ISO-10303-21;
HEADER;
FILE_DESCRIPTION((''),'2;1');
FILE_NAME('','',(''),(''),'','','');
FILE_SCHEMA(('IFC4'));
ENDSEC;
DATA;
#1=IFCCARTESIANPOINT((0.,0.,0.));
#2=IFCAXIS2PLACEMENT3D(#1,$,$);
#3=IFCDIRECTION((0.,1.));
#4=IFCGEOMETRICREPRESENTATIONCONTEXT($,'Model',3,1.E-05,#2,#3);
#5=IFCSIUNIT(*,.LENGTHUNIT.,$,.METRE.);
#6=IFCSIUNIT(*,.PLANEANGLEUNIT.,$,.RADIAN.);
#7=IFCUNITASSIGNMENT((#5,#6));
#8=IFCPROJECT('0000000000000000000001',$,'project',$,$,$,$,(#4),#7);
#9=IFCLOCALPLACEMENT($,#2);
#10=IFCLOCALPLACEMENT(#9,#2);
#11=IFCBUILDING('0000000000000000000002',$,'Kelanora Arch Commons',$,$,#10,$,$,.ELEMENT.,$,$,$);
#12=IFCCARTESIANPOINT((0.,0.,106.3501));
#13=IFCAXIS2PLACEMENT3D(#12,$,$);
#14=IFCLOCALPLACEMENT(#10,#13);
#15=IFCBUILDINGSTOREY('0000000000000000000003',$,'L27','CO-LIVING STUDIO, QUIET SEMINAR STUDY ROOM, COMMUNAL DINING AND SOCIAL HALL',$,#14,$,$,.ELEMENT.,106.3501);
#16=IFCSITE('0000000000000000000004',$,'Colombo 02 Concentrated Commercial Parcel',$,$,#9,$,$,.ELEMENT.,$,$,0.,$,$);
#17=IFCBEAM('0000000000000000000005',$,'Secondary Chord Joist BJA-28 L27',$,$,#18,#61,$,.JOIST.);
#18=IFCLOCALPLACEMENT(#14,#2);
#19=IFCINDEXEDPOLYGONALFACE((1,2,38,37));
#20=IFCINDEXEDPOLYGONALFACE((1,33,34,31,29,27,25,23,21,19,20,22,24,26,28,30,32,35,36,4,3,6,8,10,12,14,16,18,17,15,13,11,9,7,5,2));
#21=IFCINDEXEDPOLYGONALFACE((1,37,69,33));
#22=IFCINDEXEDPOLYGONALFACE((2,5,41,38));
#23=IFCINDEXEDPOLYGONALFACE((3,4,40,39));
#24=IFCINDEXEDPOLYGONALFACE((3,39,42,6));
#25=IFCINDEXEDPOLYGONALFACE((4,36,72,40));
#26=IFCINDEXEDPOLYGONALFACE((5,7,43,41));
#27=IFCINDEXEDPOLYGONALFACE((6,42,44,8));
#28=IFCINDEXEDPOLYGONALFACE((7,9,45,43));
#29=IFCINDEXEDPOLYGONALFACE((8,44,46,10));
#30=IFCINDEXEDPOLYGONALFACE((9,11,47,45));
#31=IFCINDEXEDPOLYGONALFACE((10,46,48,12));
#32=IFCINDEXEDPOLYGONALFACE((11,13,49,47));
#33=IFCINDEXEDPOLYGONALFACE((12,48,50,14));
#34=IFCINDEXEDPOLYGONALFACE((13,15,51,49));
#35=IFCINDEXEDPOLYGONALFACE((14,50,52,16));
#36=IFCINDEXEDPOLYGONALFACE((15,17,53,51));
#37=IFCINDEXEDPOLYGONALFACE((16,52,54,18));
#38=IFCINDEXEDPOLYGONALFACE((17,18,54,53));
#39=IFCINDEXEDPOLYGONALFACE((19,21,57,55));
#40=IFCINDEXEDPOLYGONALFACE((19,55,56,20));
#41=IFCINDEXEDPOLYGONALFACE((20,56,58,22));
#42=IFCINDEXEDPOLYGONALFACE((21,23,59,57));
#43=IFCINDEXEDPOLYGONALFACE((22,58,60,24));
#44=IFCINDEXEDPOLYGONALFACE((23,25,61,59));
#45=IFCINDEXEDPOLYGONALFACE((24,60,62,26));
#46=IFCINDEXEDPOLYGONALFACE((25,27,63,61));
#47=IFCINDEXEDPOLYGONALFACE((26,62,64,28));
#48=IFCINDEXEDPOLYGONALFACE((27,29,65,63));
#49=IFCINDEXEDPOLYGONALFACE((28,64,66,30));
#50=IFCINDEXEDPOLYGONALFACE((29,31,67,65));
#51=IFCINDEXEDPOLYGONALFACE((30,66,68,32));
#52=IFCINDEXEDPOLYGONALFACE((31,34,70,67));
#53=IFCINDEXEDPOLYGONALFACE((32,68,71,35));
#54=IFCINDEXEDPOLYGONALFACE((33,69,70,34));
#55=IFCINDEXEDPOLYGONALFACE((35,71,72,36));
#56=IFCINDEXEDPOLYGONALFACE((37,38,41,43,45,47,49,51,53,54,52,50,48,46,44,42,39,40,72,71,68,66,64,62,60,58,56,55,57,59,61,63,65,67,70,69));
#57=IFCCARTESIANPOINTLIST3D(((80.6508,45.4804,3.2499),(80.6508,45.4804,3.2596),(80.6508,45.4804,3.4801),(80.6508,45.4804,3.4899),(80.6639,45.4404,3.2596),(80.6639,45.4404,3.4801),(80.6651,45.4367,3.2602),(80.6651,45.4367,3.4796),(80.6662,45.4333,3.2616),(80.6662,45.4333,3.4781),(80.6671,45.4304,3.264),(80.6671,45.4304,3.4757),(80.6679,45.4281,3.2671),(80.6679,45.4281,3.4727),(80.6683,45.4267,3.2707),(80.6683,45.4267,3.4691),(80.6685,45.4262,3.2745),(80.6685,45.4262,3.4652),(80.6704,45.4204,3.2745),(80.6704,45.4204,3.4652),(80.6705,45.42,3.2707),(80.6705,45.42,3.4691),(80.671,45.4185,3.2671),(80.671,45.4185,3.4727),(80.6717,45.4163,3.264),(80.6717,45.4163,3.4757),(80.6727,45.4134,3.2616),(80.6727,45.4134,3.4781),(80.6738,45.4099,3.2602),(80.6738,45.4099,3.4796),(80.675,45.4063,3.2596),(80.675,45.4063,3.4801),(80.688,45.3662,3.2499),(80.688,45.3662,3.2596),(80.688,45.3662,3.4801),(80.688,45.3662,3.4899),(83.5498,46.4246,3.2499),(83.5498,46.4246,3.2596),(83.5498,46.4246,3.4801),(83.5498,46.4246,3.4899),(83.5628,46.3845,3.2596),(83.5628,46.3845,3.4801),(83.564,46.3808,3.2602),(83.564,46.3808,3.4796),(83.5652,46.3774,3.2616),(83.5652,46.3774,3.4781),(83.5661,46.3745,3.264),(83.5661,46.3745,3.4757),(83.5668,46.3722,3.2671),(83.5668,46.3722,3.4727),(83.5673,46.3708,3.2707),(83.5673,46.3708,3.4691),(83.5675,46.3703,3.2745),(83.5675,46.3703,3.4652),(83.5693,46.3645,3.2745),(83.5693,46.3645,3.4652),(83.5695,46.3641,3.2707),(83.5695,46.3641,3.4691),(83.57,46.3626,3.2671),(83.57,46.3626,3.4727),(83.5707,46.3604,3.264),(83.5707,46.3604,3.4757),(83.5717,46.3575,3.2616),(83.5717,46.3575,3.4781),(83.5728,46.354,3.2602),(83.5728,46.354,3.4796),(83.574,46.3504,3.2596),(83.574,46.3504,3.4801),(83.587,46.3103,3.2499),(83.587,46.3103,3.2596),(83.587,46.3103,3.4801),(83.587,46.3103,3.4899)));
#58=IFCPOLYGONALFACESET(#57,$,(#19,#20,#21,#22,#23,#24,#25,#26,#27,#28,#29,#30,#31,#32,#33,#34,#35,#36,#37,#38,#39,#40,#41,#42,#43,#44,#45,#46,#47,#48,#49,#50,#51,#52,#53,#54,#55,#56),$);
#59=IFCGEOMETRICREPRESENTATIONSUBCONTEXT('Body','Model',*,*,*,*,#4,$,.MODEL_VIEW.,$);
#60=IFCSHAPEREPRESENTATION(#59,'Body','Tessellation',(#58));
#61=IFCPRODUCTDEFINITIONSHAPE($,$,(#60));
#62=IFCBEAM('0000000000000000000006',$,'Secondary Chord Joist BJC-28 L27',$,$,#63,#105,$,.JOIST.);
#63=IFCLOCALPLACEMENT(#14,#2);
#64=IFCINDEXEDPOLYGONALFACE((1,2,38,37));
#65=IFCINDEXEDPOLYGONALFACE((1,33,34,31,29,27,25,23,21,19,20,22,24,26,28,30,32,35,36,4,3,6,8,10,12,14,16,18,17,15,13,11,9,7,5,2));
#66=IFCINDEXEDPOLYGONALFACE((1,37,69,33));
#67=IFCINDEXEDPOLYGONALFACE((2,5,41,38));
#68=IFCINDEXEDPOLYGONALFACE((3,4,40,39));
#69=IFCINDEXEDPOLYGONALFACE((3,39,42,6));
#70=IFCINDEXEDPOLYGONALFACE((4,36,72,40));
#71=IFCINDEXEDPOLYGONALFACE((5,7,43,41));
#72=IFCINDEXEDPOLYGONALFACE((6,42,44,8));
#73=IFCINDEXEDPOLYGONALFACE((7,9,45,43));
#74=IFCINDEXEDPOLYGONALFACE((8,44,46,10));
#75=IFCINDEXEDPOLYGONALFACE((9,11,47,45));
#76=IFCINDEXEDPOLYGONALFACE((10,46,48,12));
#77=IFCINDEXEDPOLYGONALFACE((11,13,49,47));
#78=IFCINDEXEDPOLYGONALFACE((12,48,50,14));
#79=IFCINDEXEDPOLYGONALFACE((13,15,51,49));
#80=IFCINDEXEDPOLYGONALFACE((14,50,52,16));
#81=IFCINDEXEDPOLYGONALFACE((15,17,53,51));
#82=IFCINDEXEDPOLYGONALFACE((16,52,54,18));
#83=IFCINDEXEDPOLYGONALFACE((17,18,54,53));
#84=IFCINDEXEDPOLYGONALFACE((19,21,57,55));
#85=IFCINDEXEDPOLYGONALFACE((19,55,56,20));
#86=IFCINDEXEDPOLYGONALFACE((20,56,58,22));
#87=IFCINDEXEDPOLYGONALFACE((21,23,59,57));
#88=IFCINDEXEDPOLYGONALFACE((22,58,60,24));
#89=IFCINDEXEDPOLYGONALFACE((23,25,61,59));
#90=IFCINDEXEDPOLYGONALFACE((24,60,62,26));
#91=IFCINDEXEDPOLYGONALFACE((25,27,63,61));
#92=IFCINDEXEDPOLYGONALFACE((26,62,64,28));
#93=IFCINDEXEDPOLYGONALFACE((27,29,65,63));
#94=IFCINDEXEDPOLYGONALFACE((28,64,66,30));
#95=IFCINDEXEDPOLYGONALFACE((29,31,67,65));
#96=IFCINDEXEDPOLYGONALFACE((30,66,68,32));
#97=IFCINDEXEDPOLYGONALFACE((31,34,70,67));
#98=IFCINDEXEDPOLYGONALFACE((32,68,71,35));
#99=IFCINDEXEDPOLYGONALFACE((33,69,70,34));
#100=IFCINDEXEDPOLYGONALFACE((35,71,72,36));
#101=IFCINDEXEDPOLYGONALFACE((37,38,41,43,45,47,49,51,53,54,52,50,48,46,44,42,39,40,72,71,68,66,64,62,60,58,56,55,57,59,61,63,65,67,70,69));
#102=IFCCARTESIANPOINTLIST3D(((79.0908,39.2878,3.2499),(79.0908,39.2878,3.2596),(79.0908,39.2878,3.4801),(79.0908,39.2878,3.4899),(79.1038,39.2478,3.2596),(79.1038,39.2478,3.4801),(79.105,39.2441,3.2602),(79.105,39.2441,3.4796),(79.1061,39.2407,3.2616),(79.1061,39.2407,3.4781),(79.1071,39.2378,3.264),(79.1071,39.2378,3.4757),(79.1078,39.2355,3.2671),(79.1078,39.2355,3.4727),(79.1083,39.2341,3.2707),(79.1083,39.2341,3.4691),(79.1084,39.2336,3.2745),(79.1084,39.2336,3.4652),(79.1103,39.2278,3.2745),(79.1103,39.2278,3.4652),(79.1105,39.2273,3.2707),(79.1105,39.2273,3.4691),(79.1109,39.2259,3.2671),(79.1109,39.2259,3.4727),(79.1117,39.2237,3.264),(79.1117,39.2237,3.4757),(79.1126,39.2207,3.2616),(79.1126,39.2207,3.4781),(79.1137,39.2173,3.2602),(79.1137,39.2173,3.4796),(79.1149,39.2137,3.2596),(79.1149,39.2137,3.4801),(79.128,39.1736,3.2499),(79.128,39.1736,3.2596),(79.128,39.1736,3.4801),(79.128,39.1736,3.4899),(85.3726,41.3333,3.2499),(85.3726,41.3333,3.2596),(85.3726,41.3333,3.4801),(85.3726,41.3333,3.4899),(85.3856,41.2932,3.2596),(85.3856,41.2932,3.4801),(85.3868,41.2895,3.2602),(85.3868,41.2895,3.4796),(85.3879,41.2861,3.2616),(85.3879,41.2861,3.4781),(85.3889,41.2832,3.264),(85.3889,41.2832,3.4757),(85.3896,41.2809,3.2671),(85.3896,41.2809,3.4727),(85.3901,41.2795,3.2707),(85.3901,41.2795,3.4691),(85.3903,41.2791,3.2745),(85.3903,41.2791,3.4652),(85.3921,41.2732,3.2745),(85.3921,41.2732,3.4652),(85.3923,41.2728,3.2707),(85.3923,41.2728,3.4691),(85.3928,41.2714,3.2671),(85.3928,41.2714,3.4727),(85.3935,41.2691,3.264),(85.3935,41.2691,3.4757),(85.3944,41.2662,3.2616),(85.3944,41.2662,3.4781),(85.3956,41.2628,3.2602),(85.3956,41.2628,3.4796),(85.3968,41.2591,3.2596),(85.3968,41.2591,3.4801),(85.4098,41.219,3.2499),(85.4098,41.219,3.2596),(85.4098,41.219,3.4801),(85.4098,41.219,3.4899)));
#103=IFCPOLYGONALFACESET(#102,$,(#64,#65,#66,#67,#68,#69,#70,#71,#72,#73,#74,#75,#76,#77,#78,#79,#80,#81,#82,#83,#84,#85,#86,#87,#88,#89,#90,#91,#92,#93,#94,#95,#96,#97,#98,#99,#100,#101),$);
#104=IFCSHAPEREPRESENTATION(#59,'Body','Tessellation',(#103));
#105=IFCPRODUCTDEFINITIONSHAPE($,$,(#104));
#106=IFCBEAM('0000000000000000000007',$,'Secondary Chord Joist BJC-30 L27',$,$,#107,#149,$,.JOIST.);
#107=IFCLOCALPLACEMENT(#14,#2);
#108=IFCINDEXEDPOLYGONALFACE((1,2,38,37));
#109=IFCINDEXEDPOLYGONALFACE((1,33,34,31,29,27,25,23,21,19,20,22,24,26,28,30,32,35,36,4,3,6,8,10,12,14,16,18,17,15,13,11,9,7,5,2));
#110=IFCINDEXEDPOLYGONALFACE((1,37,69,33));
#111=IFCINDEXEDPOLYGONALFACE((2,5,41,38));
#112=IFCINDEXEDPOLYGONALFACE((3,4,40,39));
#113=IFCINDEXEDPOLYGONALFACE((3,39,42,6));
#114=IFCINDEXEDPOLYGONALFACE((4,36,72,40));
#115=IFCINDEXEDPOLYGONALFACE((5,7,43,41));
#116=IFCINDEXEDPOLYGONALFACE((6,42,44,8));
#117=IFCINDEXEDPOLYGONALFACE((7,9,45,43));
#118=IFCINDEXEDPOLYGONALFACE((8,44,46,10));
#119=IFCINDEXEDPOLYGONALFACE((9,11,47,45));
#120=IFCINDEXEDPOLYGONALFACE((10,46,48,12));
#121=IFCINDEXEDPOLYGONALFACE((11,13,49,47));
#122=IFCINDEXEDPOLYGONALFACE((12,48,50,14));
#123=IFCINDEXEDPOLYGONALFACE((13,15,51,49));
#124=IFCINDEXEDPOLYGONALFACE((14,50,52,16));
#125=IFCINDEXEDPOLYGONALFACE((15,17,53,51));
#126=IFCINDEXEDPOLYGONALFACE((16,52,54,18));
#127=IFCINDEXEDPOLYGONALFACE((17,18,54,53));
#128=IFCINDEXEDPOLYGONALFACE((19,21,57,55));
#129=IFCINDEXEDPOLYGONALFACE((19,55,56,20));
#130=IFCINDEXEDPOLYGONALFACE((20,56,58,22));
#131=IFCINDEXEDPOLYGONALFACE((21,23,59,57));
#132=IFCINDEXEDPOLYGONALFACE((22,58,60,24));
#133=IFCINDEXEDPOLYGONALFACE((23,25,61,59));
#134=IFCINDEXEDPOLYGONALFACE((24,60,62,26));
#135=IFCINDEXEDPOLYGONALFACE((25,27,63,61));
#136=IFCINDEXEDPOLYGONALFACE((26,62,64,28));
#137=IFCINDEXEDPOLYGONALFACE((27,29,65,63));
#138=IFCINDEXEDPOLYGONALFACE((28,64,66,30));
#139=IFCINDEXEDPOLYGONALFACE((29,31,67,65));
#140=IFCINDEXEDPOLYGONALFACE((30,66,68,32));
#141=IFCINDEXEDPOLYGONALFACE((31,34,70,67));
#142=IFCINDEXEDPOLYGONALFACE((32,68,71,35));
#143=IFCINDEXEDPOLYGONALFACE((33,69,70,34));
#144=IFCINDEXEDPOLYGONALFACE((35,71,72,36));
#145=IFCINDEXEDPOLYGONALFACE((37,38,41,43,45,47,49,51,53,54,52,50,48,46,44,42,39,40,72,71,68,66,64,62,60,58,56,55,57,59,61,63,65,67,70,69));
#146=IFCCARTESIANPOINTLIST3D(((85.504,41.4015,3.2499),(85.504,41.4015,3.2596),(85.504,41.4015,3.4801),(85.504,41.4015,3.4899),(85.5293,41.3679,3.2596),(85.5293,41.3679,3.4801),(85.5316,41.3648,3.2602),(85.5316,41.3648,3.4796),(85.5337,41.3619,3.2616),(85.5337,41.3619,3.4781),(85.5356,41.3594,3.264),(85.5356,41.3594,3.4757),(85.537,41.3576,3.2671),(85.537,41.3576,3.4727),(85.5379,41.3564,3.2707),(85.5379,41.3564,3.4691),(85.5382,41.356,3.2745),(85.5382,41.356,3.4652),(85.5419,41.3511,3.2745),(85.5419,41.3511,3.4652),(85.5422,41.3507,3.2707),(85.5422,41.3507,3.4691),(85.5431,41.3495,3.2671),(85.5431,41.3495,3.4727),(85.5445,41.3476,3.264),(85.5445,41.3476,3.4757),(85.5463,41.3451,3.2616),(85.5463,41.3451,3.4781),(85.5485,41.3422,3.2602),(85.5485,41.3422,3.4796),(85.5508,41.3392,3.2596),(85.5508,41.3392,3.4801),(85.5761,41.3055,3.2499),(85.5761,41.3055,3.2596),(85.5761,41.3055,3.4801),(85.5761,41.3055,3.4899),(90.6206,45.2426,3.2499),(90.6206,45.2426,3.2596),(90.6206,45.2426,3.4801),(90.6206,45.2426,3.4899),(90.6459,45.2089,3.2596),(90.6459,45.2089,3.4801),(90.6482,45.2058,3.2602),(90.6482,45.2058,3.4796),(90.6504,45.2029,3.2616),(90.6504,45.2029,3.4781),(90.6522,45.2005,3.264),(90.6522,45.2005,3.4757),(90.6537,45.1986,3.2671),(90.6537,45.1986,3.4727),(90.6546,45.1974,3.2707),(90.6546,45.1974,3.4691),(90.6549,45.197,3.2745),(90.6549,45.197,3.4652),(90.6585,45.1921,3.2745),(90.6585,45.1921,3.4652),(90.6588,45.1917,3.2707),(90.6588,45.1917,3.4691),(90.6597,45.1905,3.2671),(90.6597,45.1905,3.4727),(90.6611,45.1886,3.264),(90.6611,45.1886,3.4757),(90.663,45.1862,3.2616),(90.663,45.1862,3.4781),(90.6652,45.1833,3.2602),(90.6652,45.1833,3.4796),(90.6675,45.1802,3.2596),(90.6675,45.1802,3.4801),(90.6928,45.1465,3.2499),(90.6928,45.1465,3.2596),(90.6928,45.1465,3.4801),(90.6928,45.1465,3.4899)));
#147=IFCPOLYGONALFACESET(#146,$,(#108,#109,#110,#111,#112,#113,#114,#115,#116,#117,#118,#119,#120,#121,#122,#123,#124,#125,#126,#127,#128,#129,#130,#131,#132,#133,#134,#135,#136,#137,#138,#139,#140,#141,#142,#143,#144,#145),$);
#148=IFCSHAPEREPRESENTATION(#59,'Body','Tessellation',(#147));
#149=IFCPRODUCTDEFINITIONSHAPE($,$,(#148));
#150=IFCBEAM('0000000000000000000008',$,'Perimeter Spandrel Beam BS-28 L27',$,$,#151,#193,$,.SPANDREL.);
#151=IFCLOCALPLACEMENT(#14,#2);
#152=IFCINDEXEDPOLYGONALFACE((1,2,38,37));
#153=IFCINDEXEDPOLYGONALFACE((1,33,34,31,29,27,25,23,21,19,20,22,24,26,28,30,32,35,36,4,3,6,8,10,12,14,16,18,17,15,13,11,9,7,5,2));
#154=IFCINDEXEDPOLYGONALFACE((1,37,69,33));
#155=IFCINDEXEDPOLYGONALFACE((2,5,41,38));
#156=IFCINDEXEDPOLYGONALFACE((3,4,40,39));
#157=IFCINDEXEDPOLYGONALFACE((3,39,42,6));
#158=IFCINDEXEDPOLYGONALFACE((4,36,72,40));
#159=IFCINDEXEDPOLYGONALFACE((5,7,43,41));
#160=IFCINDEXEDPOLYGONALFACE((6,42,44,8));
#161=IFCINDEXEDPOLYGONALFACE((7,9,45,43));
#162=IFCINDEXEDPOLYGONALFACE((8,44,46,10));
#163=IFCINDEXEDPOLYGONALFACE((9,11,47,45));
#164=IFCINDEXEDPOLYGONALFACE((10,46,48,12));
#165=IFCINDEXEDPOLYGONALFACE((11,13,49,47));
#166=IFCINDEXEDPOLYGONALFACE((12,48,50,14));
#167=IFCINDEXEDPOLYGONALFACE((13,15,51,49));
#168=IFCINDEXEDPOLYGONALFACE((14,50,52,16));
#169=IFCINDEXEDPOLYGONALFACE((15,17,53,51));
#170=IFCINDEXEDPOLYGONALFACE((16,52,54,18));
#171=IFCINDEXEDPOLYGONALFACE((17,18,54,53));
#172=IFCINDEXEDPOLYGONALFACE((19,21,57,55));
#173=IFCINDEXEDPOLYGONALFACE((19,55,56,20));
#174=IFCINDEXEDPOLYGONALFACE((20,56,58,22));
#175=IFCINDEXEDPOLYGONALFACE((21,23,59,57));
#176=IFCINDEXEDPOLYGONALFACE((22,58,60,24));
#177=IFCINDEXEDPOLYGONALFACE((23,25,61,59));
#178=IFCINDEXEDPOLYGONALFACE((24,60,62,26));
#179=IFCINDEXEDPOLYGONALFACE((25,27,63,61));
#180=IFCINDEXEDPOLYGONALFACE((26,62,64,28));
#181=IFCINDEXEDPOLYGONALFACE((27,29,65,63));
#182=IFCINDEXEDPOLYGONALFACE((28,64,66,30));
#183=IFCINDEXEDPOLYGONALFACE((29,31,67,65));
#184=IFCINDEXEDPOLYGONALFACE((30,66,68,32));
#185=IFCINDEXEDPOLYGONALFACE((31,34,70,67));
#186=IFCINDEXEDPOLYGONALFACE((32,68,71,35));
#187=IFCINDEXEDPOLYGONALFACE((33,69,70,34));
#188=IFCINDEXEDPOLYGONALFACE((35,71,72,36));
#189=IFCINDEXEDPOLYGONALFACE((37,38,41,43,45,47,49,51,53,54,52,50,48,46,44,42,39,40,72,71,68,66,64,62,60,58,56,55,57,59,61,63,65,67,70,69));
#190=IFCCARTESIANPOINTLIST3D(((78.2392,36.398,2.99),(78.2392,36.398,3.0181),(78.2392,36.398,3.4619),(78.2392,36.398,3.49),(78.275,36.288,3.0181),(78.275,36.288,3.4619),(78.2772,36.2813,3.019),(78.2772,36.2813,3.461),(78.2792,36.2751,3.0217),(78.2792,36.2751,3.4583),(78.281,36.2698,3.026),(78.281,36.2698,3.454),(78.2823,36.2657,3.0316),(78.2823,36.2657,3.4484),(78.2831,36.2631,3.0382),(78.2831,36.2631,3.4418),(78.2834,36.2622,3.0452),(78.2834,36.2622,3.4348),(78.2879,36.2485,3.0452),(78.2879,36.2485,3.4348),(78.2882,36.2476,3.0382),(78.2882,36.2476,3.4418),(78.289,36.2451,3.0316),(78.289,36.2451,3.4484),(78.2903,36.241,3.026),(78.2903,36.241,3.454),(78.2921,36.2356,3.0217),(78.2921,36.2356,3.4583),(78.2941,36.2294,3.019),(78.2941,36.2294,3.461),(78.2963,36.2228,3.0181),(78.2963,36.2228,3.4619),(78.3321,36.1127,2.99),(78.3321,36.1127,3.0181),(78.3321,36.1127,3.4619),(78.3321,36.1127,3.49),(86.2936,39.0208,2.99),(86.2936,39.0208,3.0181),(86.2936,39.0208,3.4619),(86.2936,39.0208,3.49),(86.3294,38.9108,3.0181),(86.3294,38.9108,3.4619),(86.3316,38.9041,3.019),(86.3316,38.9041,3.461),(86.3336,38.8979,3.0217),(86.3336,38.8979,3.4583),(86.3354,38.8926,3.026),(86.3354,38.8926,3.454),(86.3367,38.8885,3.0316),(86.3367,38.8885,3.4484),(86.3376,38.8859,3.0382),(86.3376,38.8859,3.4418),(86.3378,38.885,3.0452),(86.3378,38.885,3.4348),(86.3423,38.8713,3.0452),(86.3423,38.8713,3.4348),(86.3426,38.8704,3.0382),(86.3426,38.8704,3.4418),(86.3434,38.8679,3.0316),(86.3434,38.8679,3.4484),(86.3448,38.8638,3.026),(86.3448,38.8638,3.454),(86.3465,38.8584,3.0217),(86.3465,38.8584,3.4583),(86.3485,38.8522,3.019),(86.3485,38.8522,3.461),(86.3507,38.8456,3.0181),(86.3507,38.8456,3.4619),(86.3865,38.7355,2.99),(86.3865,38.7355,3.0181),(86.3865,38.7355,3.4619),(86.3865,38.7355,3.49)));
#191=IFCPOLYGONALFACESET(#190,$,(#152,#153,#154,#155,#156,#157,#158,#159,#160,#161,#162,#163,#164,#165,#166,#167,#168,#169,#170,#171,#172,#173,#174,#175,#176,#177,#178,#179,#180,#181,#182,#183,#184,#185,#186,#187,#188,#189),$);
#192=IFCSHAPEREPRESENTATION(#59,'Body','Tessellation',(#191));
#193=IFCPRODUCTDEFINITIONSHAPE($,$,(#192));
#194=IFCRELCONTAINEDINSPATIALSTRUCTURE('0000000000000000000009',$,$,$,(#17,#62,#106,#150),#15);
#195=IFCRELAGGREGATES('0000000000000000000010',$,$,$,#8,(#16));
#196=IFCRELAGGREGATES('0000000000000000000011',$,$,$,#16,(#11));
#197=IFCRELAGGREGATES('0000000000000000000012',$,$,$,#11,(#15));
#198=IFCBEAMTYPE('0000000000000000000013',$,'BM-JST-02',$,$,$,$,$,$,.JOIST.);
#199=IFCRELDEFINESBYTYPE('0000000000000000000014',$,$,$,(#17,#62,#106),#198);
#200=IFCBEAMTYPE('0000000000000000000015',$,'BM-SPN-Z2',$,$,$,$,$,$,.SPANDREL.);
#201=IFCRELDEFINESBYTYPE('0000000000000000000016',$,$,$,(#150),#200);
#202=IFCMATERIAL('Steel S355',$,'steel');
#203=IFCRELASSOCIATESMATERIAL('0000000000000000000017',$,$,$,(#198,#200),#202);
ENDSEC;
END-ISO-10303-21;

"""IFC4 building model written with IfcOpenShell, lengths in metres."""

from ifc_helpers import new_model, si_unit, direction, frame, origin, origin_2d, place, context, subcontext, project, spatial, i_section, extrude, material, material_profile, profile_set, type_object, element, save


model = new_model("IFC4")

# Units and contexts
model_context = context("Model", 3, precision=1e-05, world=origin(), true_north=direction((0.0, 1.0)))
body_context = subcontext(model_context, "Body", "Model", "MODEL_VIEW")
ifc_project = project(units=[si_unit("LENGTHUNIT", "METRE"), si_unit("PLANEANGLEUNIT", "RADIAN")], contexts=[model_context])

# Site, building, storey
site_placement = place(None, origin())
site = spatial("IfcSite", under=ifc_project, at=site_placement, Name="Colombo 02 Concentrated Commercial Parcel", CompositionType="ELEMENT", RefElevation=0.0)
building_placement = place(site_placement, origin())
building = spatial("IfcBuilding", under=site, at=building_placement, Name="Kelanora Arch Commons", CompositionType="ELEMENT")
storey_placement = place(building_placement, frame((0.0, 0.0, 106.3501)))
storey = spatial("IfcBuildingStorey", under=building, at=storey_placement, Name="L27", Description="CO-LIVING STUDIO, QUIET SEMINAR STUDY ROOM, COMMUNAL DINING AND SOCIAL HALL", CompositionType="ELEMENT", Elevation=106.3501)

# Beams
ifc_material_1 = material(Name="Steel S355", Category="steel")
ifc_material_profile_1 = material_profile(ifc_material_1, i_section(OverallWidth=0.1201, OverallDepth=0.24, WebThickness=0.0061, FlangeThickness=0.0098, FilletRadius=0.0149, at=origin_2d()), Name="IPE240")
ifc_profile_set_1 = profile_set([ifc_material_profile_1], Name="Steel S355")
beam_type_1 = type_object("IfcBeamType", Name="BM-JST-02", PredefinedType="JOIST", material=ifc_profile_set_1)
beam_1_placement = place(storey_placement, frame((80.6694, 45.4233, 3.3699), z_axis=(0.950847, 0.309662, 0.0), x_axis=(-0.309662, 0.950847, 0.0)))
element("IfcBeam", 1, at=beam_1_placement, inside=storey, type_object=beam_type_1, Name="Secondary Chord Joist BJA-28 L27", PredefinedType="JOIST", context=body_context, shape_type="SweptSolid", body=[
    extrude(i_section(OverallWidth=0.1201, OverallDepth=0.24, WebThickness=0.0061, FlangeThickness=0.0098, FilletRadius=0.0149, at=origin_2d()), origin(), (0.0, 0.0, 1.0), 3.0488),
])
beam_2_placement = place(storey_placement, frame((79.1094, 39.2307, 3.3699), z_axis=(0.950863, 0.309612, 0.0), x_axis=(-0.309612, 0.950863, 0.0)))
element("IfcBeam", 2, at=beam_2_placement, inside=storey, type_object=beam_type_1, Name="Secondary Chord Joist BJC-28 L27", PredefinedType="JOIST", context=body_context, shape_type="SweptSolid", body=[
    extrude(i_section(OverallWidth=0.1201, OverallDepth=0.24, WebThickness=0.0061, FlangeThickness=0.0098, FilletRadius=0.0149, at=origin_2d()), origin(), (0.0, 0.0, 1.0), 6.6064),
])
beam_3_placement = place(storey_placement, frame((85.54, 41.3535, 3.3699), z_axis=(0.799734, 0.600354, 0.0), x_axis=(-0.600354, 0.799734, 0.0)))
element("IfcBeam", 3, at=beam_3_placement, inside=storey, type_object=beam_type_1, Name="Secondary Chord Joist BJC-30 L27", PredefinedType="JOIST", context=body_context, shape_type="SweptSolid", body=[
    extrude(i_section(OverallWidth=0.1201, OverallDepth=0.24, WebThickness=0.0061, FlangeThickness=0.0098, FilletRadius=0.0149, at=origin_2d()), origin(), (0.0, 0.0, 1.0), 6.3979),
])
ifc_material_profile_2 = material_profile(ifc_material_1, i_section(OverallWidth=0.3, OverallDepth=0.5, WebThickness=0.0144, FlangeThickness=0.0281, FilletRadius=0.0271, at=origin_2d()), Name="HEB500")
ifc_profile_set_2 = profile_set([ifc_material_profile_2], Name="Steel S355")
beam_type_2 = type_object("IfcBeamType", Name="BM-SPN-Z2", PredefinedType="SPANDREL", material=ifc_profile_set_2)
beam_4_placement = place(storey_placement, frame((78.2856, 36.2554, 3.24), z_axis=(0.950857, 0.309631, 0.0), x_axis=(-0.309631, 0.950857, 0.0)))
element("IfcBeam", 4, at=beam_4_placement, inside=storey, type_object=beam_type_2, Name="Perimeter Spandrel Beam BS-28 L27", PredefinedType="SPANDREL", context=body_context, shape_type="SweptSolid", body=[
    extrude(i_section(OverallWidth=0.3, OverallDepth=0.5, WebThickness=0.0144, FlangeThickness=0.0281, FilletRadius=0.0271, at=origin_2d()), origin(), (0.0, 0.0, 1.0), 8.4707),
])

save(model, "model.ifc")
